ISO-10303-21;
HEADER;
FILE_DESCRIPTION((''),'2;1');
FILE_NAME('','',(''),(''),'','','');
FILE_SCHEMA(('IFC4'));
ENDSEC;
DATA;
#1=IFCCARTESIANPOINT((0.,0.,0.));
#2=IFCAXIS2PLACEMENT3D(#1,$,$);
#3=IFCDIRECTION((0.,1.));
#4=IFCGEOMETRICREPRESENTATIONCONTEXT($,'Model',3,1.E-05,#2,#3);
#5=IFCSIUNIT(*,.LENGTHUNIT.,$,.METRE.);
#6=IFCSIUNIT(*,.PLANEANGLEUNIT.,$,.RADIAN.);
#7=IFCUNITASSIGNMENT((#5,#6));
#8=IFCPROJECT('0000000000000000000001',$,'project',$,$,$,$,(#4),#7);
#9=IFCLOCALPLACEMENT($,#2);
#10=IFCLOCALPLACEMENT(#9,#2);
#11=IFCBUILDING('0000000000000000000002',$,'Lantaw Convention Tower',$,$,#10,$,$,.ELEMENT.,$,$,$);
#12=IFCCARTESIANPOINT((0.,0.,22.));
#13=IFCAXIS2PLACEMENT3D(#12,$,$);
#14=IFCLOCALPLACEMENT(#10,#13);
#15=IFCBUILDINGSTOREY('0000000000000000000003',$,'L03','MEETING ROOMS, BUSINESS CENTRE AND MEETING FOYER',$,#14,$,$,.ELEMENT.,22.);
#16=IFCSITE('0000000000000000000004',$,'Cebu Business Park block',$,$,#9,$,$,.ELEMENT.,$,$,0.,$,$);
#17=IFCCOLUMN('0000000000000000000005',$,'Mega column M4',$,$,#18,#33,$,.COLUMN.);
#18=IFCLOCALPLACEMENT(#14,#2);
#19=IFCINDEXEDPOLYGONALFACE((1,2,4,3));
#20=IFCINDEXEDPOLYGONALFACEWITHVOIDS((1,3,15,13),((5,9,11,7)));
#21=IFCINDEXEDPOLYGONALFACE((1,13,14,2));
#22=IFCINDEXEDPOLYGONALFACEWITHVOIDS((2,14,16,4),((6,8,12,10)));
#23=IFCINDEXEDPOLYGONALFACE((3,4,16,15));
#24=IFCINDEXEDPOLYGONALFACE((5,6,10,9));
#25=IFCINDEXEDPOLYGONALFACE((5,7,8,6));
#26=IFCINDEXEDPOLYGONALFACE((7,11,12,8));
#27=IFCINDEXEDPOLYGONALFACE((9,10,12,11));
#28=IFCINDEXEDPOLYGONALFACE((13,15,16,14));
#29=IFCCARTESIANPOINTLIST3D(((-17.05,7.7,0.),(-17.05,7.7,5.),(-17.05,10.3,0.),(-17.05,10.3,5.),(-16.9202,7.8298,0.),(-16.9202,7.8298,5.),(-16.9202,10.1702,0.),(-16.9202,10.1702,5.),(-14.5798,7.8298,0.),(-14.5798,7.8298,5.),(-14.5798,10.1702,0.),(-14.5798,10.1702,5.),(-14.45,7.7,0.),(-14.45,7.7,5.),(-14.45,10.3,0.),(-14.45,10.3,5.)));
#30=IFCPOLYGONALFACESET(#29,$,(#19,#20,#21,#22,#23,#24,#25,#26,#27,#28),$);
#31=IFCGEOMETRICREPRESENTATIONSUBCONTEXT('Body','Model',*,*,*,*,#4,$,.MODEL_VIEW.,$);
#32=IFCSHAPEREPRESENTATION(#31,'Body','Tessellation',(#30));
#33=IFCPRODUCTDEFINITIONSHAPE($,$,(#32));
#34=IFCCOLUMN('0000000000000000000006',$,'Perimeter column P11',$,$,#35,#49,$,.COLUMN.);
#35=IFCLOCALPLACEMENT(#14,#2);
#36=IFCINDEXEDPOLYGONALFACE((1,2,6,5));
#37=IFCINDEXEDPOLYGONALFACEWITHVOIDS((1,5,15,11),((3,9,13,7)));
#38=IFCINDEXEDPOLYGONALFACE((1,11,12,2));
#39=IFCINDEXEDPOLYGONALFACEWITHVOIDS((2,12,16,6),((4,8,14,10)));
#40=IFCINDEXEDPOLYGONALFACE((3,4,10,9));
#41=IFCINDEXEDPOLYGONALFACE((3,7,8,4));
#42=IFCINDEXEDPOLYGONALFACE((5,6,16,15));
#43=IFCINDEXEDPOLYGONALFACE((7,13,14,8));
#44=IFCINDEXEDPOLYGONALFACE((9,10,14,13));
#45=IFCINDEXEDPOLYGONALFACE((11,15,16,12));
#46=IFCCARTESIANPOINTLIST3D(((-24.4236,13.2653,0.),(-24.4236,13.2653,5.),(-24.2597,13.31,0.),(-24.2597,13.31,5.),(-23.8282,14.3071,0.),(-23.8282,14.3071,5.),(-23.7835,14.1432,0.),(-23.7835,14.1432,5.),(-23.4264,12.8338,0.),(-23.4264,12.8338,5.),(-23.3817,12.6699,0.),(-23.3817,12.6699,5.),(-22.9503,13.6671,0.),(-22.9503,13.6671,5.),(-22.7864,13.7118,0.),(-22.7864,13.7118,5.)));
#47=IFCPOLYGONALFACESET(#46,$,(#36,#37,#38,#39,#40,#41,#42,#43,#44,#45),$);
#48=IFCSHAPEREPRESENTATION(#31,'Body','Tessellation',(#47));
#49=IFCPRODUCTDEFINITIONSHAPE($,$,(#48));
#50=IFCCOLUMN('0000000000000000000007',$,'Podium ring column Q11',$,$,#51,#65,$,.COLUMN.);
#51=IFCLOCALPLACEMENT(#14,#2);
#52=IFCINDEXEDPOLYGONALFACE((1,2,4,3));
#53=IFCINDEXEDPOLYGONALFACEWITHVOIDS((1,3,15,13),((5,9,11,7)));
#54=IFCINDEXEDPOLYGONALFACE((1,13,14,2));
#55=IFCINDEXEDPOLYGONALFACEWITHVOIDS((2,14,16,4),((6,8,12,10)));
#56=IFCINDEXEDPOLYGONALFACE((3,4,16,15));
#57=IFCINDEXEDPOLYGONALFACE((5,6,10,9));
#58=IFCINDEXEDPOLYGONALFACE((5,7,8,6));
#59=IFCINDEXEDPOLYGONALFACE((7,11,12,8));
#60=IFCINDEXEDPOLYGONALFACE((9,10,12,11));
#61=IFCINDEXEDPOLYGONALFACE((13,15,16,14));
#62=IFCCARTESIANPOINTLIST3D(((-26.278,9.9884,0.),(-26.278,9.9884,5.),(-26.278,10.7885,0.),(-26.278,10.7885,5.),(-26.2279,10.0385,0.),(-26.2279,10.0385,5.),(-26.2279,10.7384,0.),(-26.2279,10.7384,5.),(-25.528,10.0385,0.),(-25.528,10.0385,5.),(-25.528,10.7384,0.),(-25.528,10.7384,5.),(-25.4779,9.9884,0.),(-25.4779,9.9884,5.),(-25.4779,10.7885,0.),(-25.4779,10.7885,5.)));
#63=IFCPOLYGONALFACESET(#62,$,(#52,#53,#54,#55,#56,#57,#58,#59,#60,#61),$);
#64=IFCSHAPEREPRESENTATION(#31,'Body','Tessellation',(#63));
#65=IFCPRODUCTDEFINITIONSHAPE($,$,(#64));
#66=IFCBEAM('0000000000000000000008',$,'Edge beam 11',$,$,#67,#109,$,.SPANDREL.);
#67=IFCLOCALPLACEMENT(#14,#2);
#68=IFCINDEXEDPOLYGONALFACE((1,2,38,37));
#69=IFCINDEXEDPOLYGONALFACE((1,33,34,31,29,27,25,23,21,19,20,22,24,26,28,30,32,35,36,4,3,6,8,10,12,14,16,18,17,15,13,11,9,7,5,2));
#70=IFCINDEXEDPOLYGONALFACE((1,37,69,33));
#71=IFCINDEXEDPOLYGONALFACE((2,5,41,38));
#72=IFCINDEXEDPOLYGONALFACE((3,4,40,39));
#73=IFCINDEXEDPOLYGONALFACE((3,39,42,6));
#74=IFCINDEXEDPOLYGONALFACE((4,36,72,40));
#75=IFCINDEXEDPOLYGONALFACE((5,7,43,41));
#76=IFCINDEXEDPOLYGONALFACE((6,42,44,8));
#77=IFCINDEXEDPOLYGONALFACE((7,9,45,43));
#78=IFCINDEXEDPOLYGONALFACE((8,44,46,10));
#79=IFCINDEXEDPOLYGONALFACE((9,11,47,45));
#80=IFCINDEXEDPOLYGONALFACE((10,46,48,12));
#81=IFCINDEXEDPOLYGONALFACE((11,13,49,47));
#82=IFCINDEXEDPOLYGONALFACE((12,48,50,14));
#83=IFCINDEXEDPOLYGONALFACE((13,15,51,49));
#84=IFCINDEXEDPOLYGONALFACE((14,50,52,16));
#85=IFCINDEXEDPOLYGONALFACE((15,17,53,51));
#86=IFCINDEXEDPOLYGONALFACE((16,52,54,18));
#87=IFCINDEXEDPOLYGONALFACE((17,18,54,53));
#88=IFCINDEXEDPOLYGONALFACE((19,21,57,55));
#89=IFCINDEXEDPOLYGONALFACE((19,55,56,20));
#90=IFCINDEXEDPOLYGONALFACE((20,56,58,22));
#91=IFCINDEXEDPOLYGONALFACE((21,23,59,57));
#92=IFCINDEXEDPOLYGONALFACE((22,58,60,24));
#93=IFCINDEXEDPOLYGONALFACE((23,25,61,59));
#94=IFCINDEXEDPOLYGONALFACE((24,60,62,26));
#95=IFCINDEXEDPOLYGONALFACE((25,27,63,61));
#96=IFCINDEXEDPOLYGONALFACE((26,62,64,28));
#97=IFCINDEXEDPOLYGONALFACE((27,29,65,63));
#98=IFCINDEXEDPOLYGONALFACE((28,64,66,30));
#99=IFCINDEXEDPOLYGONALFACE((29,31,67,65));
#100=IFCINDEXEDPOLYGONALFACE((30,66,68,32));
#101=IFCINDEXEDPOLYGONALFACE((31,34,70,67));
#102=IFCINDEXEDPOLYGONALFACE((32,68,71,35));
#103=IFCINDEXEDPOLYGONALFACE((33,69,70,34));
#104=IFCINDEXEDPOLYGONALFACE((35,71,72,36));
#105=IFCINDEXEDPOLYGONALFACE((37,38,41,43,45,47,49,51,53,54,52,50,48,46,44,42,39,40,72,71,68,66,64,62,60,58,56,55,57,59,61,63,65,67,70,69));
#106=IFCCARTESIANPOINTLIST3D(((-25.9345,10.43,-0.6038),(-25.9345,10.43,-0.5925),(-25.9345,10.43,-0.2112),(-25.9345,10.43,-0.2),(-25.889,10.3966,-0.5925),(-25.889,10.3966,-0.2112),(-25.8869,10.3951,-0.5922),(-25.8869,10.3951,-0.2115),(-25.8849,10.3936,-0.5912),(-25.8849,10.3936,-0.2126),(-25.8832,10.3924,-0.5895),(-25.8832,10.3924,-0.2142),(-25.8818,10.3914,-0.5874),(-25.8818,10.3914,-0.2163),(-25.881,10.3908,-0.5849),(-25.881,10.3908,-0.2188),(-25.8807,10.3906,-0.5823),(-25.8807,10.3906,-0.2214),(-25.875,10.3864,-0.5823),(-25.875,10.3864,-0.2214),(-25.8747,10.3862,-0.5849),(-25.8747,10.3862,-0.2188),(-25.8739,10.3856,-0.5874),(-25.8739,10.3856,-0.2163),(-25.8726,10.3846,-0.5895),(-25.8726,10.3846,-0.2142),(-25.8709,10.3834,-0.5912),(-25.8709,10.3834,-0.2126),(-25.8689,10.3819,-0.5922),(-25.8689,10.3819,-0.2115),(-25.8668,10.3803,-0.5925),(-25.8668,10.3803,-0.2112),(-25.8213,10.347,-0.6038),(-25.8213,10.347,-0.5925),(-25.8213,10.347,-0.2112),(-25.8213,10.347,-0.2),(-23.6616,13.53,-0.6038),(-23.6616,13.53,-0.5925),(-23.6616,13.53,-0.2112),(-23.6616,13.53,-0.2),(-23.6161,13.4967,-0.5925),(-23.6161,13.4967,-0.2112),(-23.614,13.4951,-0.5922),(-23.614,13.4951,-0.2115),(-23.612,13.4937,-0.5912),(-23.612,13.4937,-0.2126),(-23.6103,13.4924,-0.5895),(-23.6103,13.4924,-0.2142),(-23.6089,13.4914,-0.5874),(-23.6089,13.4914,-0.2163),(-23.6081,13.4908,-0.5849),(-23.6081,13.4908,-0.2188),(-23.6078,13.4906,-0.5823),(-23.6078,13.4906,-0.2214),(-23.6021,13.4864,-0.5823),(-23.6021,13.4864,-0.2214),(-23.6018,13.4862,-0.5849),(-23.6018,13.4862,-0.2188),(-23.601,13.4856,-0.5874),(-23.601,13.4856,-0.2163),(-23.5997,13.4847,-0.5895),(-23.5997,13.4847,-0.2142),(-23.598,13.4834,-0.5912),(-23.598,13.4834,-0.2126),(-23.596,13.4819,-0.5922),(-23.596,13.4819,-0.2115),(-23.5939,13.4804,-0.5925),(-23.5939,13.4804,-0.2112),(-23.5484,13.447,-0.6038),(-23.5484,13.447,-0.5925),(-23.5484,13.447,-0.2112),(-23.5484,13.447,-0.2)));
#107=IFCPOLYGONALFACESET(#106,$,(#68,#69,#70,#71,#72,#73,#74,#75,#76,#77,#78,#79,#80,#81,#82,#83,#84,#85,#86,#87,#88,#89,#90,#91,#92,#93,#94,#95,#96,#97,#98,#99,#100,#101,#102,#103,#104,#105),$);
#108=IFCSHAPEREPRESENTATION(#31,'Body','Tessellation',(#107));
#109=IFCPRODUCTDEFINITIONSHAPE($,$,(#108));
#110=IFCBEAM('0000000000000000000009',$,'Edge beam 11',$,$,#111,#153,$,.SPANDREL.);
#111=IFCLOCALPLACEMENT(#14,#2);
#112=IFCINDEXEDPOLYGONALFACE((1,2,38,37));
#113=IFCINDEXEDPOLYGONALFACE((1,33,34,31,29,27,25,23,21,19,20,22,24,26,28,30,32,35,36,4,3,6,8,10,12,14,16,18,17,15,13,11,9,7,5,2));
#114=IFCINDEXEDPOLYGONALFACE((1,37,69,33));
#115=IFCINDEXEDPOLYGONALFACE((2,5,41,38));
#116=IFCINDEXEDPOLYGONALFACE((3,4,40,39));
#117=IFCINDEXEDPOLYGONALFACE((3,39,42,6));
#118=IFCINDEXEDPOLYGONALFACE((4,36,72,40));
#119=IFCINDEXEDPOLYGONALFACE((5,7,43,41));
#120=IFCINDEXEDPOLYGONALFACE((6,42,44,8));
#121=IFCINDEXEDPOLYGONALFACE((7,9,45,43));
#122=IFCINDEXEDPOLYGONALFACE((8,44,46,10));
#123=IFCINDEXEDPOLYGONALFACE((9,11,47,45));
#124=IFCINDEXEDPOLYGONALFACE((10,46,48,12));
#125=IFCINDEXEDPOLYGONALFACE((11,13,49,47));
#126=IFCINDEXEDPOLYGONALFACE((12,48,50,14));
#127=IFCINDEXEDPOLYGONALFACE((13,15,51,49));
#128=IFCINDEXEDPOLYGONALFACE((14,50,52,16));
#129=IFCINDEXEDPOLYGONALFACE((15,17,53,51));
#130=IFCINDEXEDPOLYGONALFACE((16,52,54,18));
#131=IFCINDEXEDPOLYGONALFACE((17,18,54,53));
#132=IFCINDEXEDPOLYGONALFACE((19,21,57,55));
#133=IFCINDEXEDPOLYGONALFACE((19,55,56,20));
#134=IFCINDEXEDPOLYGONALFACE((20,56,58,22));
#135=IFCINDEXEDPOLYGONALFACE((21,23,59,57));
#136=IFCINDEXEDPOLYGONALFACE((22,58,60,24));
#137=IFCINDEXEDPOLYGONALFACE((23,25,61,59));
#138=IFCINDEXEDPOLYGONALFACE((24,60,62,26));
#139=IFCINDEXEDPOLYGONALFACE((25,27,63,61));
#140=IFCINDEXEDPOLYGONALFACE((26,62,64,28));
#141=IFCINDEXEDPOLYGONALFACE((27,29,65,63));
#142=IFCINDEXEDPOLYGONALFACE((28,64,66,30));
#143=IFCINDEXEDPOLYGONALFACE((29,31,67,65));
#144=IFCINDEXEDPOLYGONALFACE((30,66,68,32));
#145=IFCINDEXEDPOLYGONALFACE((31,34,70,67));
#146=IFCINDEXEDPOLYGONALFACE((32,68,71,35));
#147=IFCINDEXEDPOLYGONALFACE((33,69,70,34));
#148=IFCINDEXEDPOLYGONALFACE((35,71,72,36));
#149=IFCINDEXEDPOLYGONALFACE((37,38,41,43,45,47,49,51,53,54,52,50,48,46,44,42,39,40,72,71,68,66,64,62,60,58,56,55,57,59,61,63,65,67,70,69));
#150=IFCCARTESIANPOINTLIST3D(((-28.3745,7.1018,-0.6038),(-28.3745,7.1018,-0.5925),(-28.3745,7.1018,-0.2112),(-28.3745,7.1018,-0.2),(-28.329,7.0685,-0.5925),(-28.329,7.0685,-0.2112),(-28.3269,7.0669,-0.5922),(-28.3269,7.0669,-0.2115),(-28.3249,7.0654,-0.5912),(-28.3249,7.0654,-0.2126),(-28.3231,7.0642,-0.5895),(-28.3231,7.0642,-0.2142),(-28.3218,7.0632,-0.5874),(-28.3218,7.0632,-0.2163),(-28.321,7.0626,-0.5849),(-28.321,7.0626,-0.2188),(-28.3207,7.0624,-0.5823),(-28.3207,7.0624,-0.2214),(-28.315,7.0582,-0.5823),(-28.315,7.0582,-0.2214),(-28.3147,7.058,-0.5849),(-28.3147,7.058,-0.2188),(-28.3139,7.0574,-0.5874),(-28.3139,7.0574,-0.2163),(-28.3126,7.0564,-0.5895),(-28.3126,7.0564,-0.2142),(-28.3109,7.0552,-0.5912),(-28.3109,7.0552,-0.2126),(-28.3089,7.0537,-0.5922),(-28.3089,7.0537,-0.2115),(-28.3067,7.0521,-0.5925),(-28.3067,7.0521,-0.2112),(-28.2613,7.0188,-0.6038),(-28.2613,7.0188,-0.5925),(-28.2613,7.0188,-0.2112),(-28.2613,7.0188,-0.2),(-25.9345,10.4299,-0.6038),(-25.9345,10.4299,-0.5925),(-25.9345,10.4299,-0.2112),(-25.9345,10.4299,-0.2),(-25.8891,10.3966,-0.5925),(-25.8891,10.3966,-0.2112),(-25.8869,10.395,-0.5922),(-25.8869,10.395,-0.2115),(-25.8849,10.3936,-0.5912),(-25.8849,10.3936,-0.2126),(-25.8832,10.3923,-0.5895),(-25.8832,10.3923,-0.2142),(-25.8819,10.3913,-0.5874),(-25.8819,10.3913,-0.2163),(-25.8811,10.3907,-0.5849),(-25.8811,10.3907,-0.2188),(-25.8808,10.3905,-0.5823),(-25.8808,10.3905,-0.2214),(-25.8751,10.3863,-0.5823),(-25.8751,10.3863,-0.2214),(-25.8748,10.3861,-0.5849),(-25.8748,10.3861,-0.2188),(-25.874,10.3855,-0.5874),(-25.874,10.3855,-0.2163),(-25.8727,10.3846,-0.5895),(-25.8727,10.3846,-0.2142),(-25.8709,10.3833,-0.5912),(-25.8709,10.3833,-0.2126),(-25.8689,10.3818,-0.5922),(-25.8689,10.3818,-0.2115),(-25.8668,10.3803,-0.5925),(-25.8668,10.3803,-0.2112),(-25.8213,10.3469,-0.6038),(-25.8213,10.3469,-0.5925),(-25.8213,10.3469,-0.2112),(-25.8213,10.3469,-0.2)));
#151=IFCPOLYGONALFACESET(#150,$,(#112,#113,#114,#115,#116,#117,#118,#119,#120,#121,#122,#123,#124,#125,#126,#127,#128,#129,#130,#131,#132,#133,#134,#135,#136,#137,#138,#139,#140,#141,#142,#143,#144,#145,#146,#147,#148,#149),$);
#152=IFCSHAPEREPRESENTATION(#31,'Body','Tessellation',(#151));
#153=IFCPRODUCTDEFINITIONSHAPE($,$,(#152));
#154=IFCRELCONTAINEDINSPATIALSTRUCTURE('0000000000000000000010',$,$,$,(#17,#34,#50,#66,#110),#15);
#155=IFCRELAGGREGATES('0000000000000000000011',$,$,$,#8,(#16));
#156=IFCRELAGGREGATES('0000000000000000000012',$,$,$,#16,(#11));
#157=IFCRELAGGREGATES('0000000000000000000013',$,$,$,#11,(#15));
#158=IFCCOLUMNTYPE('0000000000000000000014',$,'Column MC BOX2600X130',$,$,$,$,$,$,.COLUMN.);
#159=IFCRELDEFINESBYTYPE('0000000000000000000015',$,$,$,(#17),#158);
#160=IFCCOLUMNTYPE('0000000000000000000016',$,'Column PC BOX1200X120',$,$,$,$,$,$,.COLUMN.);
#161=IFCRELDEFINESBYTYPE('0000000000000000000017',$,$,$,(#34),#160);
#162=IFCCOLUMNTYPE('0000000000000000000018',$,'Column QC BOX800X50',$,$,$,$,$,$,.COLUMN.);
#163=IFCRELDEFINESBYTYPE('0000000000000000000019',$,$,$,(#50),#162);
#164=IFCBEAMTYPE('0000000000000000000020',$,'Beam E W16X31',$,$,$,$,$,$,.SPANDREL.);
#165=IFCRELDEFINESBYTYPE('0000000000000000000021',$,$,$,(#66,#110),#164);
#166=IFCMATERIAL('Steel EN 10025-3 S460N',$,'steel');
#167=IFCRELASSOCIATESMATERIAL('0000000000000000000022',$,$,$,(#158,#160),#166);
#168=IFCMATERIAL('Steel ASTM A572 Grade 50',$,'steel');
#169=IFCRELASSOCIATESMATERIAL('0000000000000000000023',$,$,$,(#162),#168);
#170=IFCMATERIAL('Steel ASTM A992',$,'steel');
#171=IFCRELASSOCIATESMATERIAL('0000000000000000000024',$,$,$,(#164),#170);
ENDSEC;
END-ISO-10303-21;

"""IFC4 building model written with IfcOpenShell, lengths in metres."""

from ifc_helpers import new_model, si_unit, direction, frame, origin, origin_2d, place, context, subcontext, project, spatial, rectangle, hollow_rectangle, i_section, extrude, material, material_profile, profile_set, type_object, element, save


model = new_model("IFC4")

# Units and contexts
model_context = context("Model", 3, precision=1e-05, world=origin(), true_north=direction((0.0, 1.0)))
body_context = subcontext(model_context, "Body", "Model", "MODEL_VIEW")
ifc_project = project(units=[si_unit("LENGTHUNIT", "METRE"), si_unit("PLANEANGLEUNIT", "RADIAN")], contexts=[model_context])

# Site, building, storey
site_placement = place(None, origin())
site = spatial("IfcSite", under=ifc_project, at=site_placement, Name="Cebu Business Park block", CompositionType="ELEMENT", RefElevation=0.0)
building_placement = place(site_placement, origin())
building = spatial("IfcBuilding", under=site, at=building_placement, Name="Lantaw Convention Tower", CompositionType="ELEMENT")
storey_placement = place(building_placement, frame((0.0, 0.0, 22.0)))
storey = spatial("IfcBuildingStorey", under=building, at=storey_placement, Name="L03", Description="MEETING ROOMS, BUSINESS CENTRE AND MEETING FOYER", CompositionType="ELEMENT", Elevation=22.0)

# Columns
ifc_material_1 = material(Name="Steel EN 10025-3 S460N", Category="steel")
ifc_material_profile_1 = material_profile(ifc_material_1, hollow_rectangle(XDim=2.6001, YDim=2.6001, WallThickness=0.1299, at=origin_2d()), Name="BOX2600X130")
ifc_material_2 = material(Name="Concrete C60/75", Category="concrete")
ifc_material_profile_2 = material_profile(ifc_material_2, rectangle(XDim=2.3401, YDim=2.3401, at=origin_2d()), Name="Concrete fill of BOX2600X130")
ifc_profile_set_1 = profile_set([ifc_material_profile_1, ifc_material_profile_2], Name="Steel EN 10025-3 S460N")
column_type_1 = type_object("IfcColumnType", Name="Column MC BOX2600X130", PredefinedType="COLUMN", material=ifc_profile_set_1)
column_1_placement = place(storey_placement, frame((-15.75, 9.0, 0.0), z_axis=(0.0, 0.0, 1.0), x_axis=(1.0, 0.0, 0.0)))
element("IfcColumn", 1, at=column_1_placement, inside=storey, type_object=column_type_1, Name="Mega column M4", PredefinedType="COLUMN", context=body_context, shape_type="SweptSolid", body=[
    extrude(hollow_rectangle(XDim=2.6001, YDim=2.6001, WallThickness=0.1299, at=origin_2d()), origin(), (0.0, 0.0, 1.0), 5.0),
])
ifc_material_profile_3 = material_profile(ifc_material_1, hollow_rectangle(XDim=1.2, YDim=1.2, WallThickness=0.1201, at=origin_2d()), Name="BOX1200X120")
ifc_material_profile_4 = material_profile(ifc_material_2, rectangle(XDim=0.96, YDim=0.96, at=origin_2d()), Name="Concrete fill of BOX1200X120")
ifc_profile_set_2 = profile_set([ifc_material_profile_3, ifc_material_profile_4], Name="Steel EN 10025-3 S460N")
column_type_2 = type_object("IfcColumnType", Name="Column PC BOX1200X120", PredefinedType="COLUMN", material=ifc_profile_set_2)
column_2_placement = place(storey_placement, frame((-23.605, 13.4885, 0.0), z_axis=(0.0, 0.0, 1.0), x_axis=(0.496139, 0.868243, 0.0)))
element("IfcColumn", 2, at=column_2_placement, inside=storey, type_object=column_type_2, Name="Perimeter column P11", PredefinedType="COLUMN", context=body_context, shape_type="SweptSolid", body=[
    extrude(hollow_rectangle(XDim=1.2, YDim=1.2, WallThickness=0.1201, at=origin_2d()), origin(), (0.0, 0.0, 1.0), 5.0),
])
ifc_material_3 = material(Name="Steel ASTM A572 Grade 50", Category="steel")
ifc_material_profile_5 = material_profile(ifc_material_3, hollow_rectangle(XDim=0.8, YDim=0.8, WallThickness=0.05, at=origin_2d()), Name="BOX800X50")
ifc_profile_set_3 = profile_set([ifc_material_profile_5], Name="Steel ASTM A572 Grade 50")
column_type_3 = type_object("IfcColumnType", Name="Column QC BOX800X50", PredefinedType="COLUMN", material=ifc_profile_set_3)
column_3_placement = place(storey_placement, frame((-25.8779, 10.3884, 0.0), z_axis=(0.0, 0.0, 1.0), x_axis=(1.0, 0.0, 0.0)))
element("IfcColumn", 3, at=column_3_placement, inside=storey, type_object=column_type_3, Name="Podium ring column Q11", PredefinedType="COLUMN", context=body_context, shape_type="SweptSolid", body=[
    extrude(hollow_rectangle(XDim=0.8, YDim=0.8, WallThickness=0.05, at=origin_2d()), origin(), (0.0, 0.0, 1.0), 5.0),
])

# Beams
ifc_material_4 = material(Name="Steel ASTM A992", Category="steel")
ifc_material_profile_6 = material_profile(ifc_material_4, i_section(OverallWidth=0.1404, OverallDepth=0.4038, WebThickness=0.0071, FlangeThickness=0.0112, FilletRadius=0.0103, at=origin_2d()), Name="W16X31")
ifc_profile_set_4 = profile_set([ifc_material_profile_6], Name="Steel ASTM A992")
beam_type_1 = type_object("IfcBeamType", Name="Beam E W16X31", PredefinedType="SPANDREL", material=ifc_profile_set_4)
beam_1_placement = place(storey_placement, frame((-23.605, 13.4885, -0.4019), z_axis=(-0.591287, -0.806462, 0.0), x_axis=(0.806462, -0.591287, 0.0)))
element("IfcBeam", 4, at=beam_1_placement, inside=storey, type_object=beam_type_1, Name="Edge beam 11", PredefinedType="SPANDREL", context=body_context, shape_type="SweptSolid", body=[
    extrude(i_section(OverallWidth=0.1404, OverallDepth=0.4038, WebThickness=0.0071, FlangeThickness=0.0112, FilletRadius=0.0103, at=origin_2d()), origin(), (0.0, 0.0, 1.0), 3.844),
])
beam_2_placement = place(storey_placement, frame((-25.8779, 10.3884, -0.4019), z_axis=(-0.591256, -0.806484, 0.0), x_axis=(0.806484, -0.591256, 0.0)))
element("IfcBeam", 5, at=beam_2_placement, inside=storey, type_object=beam_type_1, Name="Edge beam 11", PredefinedType="SPANDREL", context=body_context, shape_type="SweptSolid", body=[
    extrude(i_section(OverallWidth=0.1404, OverallDepth=0.4038, WebThickness=0.0071, FlangeThickness=0.0112, FilletRadius=0.0103, at=origin_2d()), origin(), (0.0, 0.0, 1.0), 4.1267),
])

save(model, "model.ifc")
